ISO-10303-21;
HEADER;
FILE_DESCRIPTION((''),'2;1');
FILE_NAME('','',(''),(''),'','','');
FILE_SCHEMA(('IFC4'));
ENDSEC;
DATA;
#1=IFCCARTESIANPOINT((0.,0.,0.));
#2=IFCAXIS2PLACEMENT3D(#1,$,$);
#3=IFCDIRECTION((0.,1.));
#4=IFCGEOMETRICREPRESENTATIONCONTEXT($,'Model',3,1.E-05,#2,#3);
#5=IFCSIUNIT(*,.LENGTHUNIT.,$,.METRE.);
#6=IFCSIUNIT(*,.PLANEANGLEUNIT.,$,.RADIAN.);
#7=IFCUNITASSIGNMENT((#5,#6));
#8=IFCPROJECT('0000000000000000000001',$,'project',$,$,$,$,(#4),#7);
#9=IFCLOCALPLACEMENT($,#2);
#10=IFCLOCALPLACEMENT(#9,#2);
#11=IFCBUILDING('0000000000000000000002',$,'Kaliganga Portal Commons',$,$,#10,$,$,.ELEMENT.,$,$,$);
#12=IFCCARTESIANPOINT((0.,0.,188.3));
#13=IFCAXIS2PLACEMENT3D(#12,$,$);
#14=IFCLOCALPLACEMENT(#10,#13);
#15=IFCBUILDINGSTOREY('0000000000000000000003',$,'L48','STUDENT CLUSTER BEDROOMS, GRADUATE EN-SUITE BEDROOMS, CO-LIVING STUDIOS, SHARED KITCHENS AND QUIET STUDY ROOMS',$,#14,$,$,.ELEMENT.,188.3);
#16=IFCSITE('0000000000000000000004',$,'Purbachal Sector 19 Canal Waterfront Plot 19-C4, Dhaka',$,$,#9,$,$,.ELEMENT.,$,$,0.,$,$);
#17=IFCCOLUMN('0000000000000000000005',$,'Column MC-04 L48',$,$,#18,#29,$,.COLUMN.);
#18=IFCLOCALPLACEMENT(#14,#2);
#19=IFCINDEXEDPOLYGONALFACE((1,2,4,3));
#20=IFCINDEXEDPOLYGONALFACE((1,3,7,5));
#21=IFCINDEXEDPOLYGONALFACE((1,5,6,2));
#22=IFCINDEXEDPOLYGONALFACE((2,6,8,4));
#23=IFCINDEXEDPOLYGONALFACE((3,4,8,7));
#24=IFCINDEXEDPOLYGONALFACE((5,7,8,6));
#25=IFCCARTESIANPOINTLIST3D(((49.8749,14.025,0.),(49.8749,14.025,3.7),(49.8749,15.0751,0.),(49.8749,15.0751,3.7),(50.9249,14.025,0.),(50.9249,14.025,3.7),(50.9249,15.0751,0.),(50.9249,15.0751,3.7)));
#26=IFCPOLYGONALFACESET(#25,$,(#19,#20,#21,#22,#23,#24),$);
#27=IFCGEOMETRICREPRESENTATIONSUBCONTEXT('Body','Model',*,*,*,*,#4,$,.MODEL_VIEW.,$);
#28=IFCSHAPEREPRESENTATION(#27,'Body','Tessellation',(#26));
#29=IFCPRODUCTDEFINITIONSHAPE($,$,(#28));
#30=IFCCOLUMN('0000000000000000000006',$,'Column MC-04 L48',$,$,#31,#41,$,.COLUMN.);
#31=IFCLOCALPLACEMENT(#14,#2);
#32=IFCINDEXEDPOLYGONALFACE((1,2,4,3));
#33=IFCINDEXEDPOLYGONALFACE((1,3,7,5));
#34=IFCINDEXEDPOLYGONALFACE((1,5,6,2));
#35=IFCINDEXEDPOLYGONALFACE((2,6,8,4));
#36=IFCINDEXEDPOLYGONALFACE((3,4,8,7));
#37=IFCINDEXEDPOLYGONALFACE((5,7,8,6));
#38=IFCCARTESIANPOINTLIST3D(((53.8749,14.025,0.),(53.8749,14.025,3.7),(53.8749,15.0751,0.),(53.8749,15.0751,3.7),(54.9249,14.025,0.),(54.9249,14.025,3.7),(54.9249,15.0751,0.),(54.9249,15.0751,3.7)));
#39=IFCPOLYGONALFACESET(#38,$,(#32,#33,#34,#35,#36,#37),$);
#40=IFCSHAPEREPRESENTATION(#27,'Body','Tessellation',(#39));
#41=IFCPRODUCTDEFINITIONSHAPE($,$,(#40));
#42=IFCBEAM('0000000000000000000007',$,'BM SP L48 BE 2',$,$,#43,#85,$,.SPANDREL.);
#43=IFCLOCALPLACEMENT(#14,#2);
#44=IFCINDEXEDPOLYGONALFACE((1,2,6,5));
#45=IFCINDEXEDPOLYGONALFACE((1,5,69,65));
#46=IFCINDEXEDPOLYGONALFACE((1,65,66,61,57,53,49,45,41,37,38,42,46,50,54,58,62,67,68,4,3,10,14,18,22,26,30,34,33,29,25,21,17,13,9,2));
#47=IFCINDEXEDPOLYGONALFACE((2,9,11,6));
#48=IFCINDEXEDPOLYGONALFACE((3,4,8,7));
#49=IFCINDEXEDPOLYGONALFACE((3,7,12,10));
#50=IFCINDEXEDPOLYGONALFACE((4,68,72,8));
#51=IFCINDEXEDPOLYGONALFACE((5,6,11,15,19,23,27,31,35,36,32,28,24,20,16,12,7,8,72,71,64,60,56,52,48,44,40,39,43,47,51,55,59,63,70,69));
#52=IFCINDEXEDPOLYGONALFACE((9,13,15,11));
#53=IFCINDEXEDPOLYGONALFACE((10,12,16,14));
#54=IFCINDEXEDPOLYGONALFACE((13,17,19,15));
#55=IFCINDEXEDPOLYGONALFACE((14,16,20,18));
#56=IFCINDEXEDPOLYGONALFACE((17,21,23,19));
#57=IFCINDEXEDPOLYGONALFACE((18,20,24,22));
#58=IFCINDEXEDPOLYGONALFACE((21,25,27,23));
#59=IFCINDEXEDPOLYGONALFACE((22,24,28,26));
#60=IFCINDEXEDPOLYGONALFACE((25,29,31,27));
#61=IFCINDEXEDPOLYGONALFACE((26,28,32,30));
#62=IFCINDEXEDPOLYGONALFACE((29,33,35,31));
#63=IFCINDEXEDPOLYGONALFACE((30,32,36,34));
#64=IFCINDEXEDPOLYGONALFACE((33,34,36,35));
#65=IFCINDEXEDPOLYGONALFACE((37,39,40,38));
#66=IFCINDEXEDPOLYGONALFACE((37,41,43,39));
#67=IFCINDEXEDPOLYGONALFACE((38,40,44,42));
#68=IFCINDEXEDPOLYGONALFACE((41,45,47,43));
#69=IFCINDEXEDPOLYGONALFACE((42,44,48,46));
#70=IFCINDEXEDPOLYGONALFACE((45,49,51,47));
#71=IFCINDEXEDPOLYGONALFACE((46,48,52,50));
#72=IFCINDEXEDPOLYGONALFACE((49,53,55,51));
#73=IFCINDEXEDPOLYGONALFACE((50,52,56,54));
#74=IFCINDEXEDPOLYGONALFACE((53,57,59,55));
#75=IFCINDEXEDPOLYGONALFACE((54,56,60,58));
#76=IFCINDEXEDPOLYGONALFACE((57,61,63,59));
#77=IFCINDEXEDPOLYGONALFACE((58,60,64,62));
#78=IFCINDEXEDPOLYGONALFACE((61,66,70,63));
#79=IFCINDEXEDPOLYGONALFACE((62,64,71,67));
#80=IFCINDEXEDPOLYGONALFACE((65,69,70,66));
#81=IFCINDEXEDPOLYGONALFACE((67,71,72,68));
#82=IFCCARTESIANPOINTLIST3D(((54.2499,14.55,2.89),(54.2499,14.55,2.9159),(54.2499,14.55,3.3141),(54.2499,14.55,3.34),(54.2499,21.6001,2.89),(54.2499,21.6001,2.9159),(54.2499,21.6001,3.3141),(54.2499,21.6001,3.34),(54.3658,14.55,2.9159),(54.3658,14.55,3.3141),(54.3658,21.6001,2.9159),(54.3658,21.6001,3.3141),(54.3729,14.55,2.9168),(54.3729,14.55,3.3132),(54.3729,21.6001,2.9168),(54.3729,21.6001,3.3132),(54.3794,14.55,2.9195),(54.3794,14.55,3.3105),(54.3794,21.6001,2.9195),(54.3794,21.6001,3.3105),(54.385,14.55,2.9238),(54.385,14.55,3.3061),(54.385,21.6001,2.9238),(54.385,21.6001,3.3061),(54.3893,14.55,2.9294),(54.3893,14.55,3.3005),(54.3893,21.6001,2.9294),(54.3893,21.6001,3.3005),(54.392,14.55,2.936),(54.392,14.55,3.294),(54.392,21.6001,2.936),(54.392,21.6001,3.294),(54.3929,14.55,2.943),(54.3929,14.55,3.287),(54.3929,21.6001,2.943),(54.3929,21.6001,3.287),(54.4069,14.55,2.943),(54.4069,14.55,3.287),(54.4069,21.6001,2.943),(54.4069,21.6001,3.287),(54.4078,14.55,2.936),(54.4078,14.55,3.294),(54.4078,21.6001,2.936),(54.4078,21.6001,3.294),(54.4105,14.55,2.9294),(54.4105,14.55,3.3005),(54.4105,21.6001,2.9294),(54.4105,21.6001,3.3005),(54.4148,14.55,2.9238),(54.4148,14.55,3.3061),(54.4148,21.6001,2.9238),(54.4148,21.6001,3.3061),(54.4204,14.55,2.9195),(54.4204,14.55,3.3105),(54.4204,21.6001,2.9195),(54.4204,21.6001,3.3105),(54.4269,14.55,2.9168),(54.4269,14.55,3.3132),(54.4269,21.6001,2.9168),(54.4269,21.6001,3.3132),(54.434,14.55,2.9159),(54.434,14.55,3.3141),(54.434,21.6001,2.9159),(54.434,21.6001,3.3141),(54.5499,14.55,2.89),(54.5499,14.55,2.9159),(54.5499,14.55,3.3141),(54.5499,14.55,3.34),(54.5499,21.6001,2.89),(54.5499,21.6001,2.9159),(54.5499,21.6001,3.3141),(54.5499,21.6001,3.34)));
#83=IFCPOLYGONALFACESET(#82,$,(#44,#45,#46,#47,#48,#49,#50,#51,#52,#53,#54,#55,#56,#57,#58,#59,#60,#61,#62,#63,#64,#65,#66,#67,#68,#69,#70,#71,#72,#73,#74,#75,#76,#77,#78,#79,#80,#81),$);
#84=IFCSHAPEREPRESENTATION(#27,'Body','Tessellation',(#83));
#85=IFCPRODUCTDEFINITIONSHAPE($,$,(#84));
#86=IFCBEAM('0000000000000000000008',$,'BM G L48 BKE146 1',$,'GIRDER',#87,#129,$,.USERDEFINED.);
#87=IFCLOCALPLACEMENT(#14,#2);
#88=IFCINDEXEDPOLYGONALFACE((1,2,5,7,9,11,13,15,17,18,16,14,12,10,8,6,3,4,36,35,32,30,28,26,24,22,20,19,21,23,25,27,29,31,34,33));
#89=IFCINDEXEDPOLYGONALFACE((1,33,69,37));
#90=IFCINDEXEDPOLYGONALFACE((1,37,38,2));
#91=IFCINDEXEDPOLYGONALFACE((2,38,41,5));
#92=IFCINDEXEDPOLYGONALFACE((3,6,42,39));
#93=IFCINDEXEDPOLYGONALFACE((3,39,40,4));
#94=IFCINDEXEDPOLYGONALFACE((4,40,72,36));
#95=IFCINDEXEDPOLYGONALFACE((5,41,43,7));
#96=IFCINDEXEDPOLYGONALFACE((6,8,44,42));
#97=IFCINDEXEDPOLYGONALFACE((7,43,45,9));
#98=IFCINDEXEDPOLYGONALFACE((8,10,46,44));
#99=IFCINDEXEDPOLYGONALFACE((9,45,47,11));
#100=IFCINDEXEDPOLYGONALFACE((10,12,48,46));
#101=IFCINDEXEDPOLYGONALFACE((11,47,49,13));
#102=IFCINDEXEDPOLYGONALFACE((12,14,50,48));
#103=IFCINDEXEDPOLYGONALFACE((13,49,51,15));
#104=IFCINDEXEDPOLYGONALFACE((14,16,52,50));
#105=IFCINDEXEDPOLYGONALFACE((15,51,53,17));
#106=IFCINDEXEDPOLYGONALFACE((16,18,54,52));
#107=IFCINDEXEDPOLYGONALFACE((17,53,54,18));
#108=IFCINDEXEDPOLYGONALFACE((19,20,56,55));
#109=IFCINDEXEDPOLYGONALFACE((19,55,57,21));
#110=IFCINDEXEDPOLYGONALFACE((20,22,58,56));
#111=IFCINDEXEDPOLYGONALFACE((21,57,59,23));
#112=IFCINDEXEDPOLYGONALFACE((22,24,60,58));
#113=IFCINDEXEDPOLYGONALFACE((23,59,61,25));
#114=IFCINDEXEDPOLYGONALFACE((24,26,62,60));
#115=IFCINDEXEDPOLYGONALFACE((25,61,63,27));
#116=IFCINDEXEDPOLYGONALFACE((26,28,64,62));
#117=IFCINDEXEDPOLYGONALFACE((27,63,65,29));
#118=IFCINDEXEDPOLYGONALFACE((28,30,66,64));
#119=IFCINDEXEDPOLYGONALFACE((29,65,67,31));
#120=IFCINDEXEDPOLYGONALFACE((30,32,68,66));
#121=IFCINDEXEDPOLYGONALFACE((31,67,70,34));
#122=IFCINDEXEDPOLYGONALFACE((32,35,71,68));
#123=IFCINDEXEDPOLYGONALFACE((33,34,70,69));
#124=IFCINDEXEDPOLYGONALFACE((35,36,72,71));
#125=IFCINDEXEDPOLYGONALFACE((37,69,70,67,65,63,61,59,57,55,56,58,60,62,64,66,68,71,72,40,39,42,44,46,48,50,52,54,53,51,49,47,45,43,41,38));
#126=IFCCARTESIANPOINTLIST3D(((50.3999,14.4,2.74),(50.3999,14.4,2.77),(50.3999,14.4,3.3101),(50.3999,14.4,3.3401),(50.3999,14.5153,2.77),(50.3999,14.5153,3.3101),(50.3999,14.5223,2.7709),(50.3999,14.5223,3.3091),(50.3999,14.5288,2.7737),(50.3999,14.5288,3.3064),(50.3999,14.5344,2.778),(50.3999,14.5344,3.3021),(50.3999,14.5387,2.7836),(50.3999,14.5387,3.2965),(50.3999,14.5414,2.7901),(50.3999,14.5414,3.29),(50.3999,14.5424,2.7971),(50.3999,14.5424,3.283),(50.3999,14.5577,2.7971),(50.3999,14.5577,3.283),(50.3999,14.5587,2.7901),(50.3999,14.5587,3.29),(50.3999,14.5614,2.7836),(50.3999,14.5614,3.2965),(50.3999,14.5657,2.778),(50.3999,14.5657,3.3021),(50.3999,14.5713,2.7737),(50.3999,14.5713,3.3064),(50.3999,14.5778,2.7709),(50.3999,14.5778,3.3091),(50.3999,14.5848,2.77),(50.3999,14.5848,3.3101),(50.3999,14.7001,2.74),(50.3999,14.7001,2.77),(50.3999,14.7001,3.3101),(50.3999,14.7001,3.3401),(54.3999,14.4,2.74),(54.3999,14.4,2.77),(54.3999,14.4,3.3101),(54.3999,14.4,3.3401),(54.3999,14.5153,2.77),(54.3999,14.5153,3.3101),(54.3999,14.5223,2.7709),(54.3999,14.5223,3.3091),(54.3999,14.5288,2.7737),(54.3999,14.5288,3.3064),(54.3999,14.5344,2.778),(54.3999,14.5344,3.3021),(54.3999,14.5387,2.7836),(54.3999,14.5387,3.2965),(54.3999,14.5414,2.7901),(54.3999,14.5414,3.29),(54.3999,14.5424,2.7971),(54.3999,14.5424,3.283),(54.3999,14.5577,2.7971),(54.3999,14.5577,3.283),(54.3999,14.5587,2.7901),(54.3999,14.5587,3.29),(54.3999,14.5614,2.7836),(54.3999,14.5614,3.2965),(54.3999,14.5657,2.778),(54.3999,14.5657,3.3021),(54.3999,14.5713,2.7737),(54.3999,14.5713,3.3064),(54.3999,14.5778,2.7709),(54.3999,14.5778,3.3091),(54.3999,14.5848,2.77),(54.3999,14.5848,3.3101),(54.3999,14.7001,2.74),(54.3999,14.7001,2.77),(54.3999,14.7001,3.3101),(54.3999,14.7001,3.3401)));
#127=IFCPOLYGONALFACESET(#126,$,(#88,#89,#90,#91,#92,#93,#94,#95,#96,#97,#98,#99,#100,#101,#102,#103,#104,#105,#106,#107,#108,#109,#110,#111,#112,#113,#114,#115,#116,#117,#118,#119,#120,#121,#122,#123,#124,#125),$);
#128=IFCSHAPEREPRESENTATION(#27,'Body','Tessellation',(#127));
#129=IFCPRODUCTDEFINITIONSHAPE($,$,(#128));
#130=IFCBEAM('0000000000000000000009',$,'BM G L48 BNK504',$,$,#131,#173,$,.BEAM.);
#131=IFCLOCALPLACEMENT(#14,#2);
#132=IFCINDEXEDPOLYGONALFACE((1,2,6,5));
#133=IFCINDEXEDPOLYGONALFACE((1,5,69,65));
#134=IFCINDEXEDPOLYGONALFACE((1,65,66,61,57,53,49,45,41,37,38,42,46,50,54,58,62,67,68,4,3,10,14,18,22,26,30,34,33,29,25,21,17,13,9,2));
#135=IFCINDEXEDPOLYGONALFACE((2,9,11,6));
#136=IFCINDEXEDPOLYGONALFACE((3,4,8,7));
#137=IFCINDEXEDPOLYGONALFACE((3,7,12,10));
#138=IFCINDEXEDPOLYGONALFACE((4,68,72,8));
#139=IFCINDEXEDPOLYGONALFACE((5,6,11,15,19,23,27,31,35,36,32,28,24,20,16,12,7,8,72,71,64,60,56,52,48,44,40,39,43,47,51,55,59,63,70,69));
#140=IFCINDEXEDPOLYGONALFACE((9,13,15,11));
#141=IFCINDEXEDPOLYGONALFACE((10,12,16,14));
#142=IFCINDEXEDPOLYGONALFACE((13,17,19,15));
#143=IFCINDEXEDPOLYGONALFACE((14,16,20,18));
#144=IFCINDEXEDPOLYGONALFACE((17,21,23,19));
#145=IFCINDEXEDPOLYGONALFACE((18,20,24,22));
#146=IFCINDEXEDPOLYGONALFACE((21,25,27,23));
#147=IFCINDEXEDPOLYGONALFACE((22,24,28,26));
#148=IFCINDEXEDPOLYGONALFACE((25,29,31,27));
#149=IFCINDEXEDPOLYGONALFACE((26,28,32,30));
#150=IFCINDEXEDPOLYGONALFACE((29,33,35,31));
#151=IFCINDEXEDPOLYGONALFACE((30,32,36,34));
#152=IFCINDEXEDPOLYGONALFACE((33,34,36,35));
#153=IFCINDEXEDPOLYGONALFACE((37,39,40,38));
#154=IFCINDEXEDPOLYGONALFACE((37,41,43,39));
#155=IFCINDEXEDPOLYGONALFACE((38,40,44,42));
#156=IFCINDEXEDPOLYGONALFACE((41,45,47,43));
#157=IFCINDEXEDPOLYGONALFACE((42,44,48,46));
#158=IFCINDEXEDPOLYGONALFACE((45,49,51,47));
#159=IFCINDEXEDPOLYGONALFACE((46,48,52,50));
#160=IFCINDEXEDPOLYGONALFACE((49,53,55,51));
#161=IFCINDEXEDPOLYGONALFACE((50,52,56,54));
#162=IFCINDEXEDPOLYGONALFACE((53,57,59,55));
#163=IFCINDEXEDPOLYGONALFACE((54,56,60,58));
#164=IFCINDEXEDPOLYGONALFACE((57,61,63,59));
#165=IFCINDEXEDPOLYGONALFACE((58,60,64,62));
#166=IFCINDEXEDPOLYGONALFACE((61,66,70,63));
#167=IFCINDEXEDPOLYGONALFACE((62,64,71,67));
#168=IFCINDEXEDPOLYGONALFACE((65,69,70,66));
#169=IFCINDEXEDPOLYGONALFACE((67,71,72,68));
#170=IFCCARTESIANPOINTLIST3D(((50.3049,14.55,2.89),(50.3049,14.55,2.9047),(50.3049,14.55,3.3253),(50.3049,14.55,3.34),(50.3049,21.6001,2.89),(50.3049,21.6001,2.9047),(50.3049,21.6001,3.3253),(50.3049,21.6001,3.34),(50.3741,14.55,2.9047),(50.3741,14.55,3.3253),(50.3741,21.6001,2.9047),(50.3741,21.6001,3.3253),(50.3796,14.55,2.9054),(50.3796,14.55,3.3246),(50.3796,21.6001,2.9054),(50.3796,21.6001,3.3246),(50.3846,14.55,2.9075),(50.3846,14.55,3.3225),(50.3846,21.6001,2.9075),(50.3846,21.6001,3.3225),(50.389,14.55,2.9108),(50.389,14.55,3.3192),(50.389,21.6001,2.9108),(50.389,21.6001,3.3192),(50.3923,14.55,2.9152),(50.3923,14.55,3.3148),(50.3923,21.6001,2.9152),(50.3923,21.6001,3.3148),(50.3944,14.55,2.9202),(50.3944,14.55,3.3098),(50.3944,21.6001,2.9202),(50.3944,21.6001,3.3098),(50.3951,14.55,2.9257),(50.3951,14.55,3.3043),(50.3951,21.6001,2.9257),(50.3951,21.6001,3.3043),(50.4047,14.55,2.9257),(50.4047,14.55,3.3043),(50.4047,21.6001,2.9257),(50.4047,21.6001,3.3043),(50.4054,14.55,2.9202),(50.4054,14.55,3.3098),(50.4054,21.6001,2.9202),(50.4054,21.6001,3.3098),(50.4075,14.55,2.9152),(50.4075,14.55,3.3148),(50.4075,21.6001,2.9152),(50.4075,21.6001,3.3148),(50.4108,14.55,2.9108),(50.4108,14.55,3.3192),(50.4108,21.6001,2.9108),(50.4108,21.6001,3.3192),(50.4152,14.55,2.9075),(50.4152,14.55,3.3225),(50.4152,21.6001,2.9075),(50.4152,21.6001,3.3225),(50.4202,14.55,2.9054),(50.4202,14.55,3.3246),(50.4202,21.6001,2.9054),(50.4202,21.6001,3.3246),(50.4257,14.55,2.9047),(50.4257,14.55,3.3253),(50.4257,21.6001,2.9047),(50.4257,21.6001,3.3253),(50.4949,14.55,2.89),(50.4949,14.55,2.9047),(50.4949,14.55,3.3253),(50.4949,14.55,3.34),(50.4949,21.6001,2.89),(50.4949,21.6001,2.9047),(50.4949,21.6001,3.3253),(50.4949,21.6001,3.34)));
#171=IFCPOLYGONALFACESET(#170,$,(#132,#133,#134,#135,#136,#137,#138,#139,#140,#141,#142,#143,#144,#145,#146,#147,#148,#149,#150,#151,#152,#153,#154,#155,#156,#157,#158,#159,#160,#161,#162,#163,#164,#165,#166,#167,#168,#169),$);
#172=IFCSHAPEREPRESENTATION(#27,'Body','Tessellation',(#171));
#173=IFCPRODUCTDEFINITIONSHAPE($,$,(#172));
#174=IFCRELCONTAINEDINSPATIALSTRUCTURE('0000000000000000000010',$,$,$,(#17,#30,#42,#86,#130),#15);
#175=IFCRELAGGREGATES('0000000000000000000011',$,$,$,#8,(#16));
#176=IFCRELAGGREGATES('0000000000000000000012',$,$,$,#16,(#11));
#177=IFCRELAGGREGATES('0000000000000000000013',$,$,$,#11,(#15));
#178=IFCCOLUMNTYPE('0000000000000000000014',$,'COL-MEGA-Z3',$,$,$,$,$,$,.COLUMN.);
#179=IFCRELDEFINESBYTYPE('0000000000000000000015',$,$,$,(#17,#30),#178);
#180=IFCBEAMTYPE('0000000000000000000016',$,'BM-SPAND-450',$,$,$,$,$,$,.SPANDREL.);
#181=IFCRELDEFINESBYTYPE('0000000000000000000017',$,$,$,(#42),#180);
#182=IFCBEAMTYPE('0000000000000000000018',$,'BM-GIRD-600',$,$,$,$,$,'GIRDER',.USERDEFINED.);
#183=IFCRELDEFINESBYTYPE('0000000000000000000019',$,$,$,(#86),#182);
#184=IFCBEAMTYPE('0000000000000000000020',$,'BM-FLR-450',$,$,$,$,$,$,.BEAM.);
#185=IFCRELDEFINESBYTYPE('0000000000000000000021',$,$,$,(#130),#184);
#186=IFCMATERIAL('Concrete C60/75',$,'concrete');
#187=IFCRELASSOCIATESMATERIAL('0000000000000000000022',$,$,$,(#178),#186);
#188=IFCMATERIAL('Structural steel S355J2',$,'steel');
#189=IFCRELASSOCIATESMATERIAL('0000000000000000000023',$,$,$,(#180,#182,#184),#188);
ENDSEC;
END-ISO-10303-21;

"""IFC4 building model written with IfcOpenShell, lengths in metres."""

from ifc_helpers import new_model, si_unit, direction, frame, origin, origin_2d, place, context, subcontext, project, spatial, rectangle, i_section, extrude, source, transform, mapped, material, material_profile, profile_set, type_object, element, save


model = new_model("IFC4")

# Units and contexts
model_context = context("Model", 3, precision=1e-05, world=origin(), true_north=direction((0.0, 1.0)))
body_context = subcontext(model_context, "Body", "Model", "MODEL_VIEW")
ifc_project = project(units=[si_unit("LENGTHUNIT", "METRE"), si_unit("PLANEANGLEUNIT", "RADIAN")], contexts=[model_context])

# Site, building, storey
site_placement = place(None, origin())
site = spatial("IfcSite", under=ifc_project, at=site_placement, Name="Purbachal Sector 19 Canal Waterfront Plot 19-C4, Dhaka", CompositionType="ELEMENT", RefElevation=0.0)
building_placement = place(site_placement, origin())
building = spatial("IfcBuilding", under=site, at=building_placement, Name="Kaliganga Portal Commons", CompositionType="ELEMENT")
storey_placement = place(building_placement, frame((0.0, 0.0, 188.3)))
storey = spatial("IfcBuildingStorey", under=building, at=storey_placement, Name="L48", Description="STUDENT CLUSTER BEDROOMS, GRADUATE EN-SUITE BEDROOMS, CO-LIVING STUDIOS, SHARED KITCHENS AND QUIET STUDY ROOMS", CompositionType="ELEMENT", Elevation=188.3)

# Columns
ifc_material_1 = material(Name="Concrete C60/75", Category="concrete")
ifc_material_profile_1 = material_profile(ifc_material_1, rectangle(XDim=1.05, YDim=1.05, at=origin_2d()), Name="RC 1050x1050")
ifc_profile_set_1 = profile_set([ifc_material_profile_1], Name="Concrete C60/75")
column_type = type_object("IfcColumnType", Name="COL-MEGA-Z3", PredefinedType="COLUMN", material=ifc_profile_set_1)
shared_shape_1 = source(origin(), body_context, "Body", "SweptSolid", [
    extrude(rectangle(XDim=1.05, YDim=1.05, at=origin_2d()), origin(), (0.0, 0.0, 1.0), 3.7),
])
for number, where, z_axis, x_axis, name in (
    (1, (50.3999, 14.55, 0.0), (0.0, 0.0, 1.0), (1.0, 0.0, 0.0), "Column MC-04 L48"),
    (2, (54.3999, 14.55, 0.0), (0.0, 0.0, 1.0), (1.0, 0.0, 0.0), "Column MC-04 L48"),
):
    element("IfcColumn", number, at=place(storey_placement, frame(where, z_axis=z_axis, x_axis=x_axis)), inside=storey, type_object=column_type, Name=name, PredefinedType="COLUMN", context=body_context, shape_type="MappedRepresentation", body=[
        mapped(shared_shape_1, transform((0.0, 0.0, 0.0), x_axis=(1.0, 0.0, 0.0), y_axis=(0.0, 1.0, 0.0), z_axis=(0.0, 0.0, 1.0), scale=1.0)),
    ])

# Beams
ifc_material_2 = material(Name="Structural steel S355J2", Category="steel")
ifc_material_profile_2 = material_profile(ifc_material_2, i_section(OverallWidth=0.3, OverallDepth=0.45, WebThickness=0.0139, FlangeThickness=0.0259, FilletRadius=0.0271, at=origin_2d()), Name="HE 450 B")
ifc_profile_set_2 = profile_set([ifc_material_profile_2], Name="Structural steel S355J2 wide-flange")
beam_type_1 = type_object("IfcBeamType", Name="BM-SPAND-450", PredefinedType="SPANDREL", material=ifc_profile_set_2)
shared_shape_2 = source(origin(), body_context, "Body", "SweptSolid", [
    extrude(i_section(OverallWidth=0.3, OverallDepth=0.45, WebThickness=0.0139, FlangeThickness=0.0259, FilletRadius=0.0271, at=origin_2d()), origin(), (0.0, 0.0, 1.0), 7.05),
])
beam_1_placement = place(storey_placement, frame((54.3999, 14.55, 3.115), z_axis=(0.0, 1.0, 0.0), x_axis=(-1.0, 0.0, 0.0)))
element("IfcBeam", 3, at=beam_1_placement, inside=storey, type_object=beam_type_1, Name="BM SP L48 BE 2", PredefinedType="SPANDREL", context=body_context, shape_type="MappedRepresentation", body=[
    mapped(shared_shape_2, transform((0.0, 0.0, 0.0), x_axis=(1.0, 0.0, 0.0), y_axis=(0.0, 1.0, 0.0), z_axis=(0.0, 0.0, 1.0), scale=1.0)),
])
ifc_material_profile_3 = material_profile(ifc_material_2, i_section(OverallWidth=0.3, OverallDepth=0.6001, WebThickness=0.0154, FlangeThickness=0.03, FilletRadius=0.0271, at=origin_2d()), Name="HE 600 B")
ifc_profile_set_3 = profile_set([ifc_material_profile_3], Name="Structural steel S355J2 wide-flange")
beam_type_2 = type_object("IfcBeamType", Name="BM-GIRD-600", ElementType="GIRDER", PredefinedType="USERDEFINED", material=ifc_profile_set_3)
shared_shape_3 = source(origin(), body_context, "Body", "SweptSolid", [
    extrude(i_section(OverallWidth=0.3, OverallDepth=0.6001, WebThickness=0.0154, FlangeThickness=0.03, FilletRadius=0.0271, at=origin_2d()), origin(), (0.0, 0.0, 1.0), 4.0),
])
beam_2_placement = place(storey_placement, frame((50.3999, 14.55, 3.04), z_axis=(1.0, 0.0, 0.0), x_axis=(0.0, 1.0, 0.0)))
element("IfcBeam", 4, at=beam_2_placement, inside=storey, type_object=beam_type_2, Name="BM G L48 BKE146 1", ObjectType="GIRDER", PredefinedType="USERDEFINED", context=body_context, shape_type="MappedRepresentation", body=[
    mapped(shared_shape_3, transform((0.0, 0.0, 0.0), x_axis=(1.0, 0.0, 0.0), y_axis=(0.0, 1.0, 0.0), z_axis=(0.0, 0.0, 1.0), scale=1.0)),
])
ifc_material_profile_4 = material_profile(ifc_material_2, i_section(OverallWidth=0.1899, OverallDepth=0.45, WebThickness=0.0095, FlangeThickness=0.0146, FilletRadius=0.021, at=origin_2d()), Name="IPE 450")
ifc_profile_set_4 = profile_set([ifc_material_profile_4], Name="Structural steel S355J2 wide-flange")
beam_type_3 = type_object("IfcBeamType", Name="BM-FLR-450", PredefinedType="BEAM", material=ifc_profile_set_4)
shared_shape_4 = source(origin(), body_context, "Body", "SweptSolid", [
    extrude(i_section(OverallWidth=0.1899, OverallDepth=0.45, WebThickness=0.0095, FlangeThickness=0.0146, FilletRadius=0.021, at=origin_2d()), origin(), (0.0, 0.0, 1.0), 7.05),
])
beam_3_placement = place(storey_placement, frame((50.3999, 14.55, 3.115), z_axis=(0.0, 1.0, 0.0), x_axis=(-1.0, 0.0, 0.0)))
element("IfcBeam", 5, at=beam_3_placement, inside=storey, type_object=beam_type_3, Name="BM G L48 BNK504", PredefinedType="BEAM", context=body_context, shape_type="MappedRepresentation", body=[
    mapped(shared_shape_4, transform((0.0, 0.0, 0.0), x_axis=(1.0, 0.0, 0.0), y_axis=(0.0, 1.0, 0.0), z_axis=(0.0, 0.0, 1.0), scale=1.0)),
])

save(model, "model.ifc")
